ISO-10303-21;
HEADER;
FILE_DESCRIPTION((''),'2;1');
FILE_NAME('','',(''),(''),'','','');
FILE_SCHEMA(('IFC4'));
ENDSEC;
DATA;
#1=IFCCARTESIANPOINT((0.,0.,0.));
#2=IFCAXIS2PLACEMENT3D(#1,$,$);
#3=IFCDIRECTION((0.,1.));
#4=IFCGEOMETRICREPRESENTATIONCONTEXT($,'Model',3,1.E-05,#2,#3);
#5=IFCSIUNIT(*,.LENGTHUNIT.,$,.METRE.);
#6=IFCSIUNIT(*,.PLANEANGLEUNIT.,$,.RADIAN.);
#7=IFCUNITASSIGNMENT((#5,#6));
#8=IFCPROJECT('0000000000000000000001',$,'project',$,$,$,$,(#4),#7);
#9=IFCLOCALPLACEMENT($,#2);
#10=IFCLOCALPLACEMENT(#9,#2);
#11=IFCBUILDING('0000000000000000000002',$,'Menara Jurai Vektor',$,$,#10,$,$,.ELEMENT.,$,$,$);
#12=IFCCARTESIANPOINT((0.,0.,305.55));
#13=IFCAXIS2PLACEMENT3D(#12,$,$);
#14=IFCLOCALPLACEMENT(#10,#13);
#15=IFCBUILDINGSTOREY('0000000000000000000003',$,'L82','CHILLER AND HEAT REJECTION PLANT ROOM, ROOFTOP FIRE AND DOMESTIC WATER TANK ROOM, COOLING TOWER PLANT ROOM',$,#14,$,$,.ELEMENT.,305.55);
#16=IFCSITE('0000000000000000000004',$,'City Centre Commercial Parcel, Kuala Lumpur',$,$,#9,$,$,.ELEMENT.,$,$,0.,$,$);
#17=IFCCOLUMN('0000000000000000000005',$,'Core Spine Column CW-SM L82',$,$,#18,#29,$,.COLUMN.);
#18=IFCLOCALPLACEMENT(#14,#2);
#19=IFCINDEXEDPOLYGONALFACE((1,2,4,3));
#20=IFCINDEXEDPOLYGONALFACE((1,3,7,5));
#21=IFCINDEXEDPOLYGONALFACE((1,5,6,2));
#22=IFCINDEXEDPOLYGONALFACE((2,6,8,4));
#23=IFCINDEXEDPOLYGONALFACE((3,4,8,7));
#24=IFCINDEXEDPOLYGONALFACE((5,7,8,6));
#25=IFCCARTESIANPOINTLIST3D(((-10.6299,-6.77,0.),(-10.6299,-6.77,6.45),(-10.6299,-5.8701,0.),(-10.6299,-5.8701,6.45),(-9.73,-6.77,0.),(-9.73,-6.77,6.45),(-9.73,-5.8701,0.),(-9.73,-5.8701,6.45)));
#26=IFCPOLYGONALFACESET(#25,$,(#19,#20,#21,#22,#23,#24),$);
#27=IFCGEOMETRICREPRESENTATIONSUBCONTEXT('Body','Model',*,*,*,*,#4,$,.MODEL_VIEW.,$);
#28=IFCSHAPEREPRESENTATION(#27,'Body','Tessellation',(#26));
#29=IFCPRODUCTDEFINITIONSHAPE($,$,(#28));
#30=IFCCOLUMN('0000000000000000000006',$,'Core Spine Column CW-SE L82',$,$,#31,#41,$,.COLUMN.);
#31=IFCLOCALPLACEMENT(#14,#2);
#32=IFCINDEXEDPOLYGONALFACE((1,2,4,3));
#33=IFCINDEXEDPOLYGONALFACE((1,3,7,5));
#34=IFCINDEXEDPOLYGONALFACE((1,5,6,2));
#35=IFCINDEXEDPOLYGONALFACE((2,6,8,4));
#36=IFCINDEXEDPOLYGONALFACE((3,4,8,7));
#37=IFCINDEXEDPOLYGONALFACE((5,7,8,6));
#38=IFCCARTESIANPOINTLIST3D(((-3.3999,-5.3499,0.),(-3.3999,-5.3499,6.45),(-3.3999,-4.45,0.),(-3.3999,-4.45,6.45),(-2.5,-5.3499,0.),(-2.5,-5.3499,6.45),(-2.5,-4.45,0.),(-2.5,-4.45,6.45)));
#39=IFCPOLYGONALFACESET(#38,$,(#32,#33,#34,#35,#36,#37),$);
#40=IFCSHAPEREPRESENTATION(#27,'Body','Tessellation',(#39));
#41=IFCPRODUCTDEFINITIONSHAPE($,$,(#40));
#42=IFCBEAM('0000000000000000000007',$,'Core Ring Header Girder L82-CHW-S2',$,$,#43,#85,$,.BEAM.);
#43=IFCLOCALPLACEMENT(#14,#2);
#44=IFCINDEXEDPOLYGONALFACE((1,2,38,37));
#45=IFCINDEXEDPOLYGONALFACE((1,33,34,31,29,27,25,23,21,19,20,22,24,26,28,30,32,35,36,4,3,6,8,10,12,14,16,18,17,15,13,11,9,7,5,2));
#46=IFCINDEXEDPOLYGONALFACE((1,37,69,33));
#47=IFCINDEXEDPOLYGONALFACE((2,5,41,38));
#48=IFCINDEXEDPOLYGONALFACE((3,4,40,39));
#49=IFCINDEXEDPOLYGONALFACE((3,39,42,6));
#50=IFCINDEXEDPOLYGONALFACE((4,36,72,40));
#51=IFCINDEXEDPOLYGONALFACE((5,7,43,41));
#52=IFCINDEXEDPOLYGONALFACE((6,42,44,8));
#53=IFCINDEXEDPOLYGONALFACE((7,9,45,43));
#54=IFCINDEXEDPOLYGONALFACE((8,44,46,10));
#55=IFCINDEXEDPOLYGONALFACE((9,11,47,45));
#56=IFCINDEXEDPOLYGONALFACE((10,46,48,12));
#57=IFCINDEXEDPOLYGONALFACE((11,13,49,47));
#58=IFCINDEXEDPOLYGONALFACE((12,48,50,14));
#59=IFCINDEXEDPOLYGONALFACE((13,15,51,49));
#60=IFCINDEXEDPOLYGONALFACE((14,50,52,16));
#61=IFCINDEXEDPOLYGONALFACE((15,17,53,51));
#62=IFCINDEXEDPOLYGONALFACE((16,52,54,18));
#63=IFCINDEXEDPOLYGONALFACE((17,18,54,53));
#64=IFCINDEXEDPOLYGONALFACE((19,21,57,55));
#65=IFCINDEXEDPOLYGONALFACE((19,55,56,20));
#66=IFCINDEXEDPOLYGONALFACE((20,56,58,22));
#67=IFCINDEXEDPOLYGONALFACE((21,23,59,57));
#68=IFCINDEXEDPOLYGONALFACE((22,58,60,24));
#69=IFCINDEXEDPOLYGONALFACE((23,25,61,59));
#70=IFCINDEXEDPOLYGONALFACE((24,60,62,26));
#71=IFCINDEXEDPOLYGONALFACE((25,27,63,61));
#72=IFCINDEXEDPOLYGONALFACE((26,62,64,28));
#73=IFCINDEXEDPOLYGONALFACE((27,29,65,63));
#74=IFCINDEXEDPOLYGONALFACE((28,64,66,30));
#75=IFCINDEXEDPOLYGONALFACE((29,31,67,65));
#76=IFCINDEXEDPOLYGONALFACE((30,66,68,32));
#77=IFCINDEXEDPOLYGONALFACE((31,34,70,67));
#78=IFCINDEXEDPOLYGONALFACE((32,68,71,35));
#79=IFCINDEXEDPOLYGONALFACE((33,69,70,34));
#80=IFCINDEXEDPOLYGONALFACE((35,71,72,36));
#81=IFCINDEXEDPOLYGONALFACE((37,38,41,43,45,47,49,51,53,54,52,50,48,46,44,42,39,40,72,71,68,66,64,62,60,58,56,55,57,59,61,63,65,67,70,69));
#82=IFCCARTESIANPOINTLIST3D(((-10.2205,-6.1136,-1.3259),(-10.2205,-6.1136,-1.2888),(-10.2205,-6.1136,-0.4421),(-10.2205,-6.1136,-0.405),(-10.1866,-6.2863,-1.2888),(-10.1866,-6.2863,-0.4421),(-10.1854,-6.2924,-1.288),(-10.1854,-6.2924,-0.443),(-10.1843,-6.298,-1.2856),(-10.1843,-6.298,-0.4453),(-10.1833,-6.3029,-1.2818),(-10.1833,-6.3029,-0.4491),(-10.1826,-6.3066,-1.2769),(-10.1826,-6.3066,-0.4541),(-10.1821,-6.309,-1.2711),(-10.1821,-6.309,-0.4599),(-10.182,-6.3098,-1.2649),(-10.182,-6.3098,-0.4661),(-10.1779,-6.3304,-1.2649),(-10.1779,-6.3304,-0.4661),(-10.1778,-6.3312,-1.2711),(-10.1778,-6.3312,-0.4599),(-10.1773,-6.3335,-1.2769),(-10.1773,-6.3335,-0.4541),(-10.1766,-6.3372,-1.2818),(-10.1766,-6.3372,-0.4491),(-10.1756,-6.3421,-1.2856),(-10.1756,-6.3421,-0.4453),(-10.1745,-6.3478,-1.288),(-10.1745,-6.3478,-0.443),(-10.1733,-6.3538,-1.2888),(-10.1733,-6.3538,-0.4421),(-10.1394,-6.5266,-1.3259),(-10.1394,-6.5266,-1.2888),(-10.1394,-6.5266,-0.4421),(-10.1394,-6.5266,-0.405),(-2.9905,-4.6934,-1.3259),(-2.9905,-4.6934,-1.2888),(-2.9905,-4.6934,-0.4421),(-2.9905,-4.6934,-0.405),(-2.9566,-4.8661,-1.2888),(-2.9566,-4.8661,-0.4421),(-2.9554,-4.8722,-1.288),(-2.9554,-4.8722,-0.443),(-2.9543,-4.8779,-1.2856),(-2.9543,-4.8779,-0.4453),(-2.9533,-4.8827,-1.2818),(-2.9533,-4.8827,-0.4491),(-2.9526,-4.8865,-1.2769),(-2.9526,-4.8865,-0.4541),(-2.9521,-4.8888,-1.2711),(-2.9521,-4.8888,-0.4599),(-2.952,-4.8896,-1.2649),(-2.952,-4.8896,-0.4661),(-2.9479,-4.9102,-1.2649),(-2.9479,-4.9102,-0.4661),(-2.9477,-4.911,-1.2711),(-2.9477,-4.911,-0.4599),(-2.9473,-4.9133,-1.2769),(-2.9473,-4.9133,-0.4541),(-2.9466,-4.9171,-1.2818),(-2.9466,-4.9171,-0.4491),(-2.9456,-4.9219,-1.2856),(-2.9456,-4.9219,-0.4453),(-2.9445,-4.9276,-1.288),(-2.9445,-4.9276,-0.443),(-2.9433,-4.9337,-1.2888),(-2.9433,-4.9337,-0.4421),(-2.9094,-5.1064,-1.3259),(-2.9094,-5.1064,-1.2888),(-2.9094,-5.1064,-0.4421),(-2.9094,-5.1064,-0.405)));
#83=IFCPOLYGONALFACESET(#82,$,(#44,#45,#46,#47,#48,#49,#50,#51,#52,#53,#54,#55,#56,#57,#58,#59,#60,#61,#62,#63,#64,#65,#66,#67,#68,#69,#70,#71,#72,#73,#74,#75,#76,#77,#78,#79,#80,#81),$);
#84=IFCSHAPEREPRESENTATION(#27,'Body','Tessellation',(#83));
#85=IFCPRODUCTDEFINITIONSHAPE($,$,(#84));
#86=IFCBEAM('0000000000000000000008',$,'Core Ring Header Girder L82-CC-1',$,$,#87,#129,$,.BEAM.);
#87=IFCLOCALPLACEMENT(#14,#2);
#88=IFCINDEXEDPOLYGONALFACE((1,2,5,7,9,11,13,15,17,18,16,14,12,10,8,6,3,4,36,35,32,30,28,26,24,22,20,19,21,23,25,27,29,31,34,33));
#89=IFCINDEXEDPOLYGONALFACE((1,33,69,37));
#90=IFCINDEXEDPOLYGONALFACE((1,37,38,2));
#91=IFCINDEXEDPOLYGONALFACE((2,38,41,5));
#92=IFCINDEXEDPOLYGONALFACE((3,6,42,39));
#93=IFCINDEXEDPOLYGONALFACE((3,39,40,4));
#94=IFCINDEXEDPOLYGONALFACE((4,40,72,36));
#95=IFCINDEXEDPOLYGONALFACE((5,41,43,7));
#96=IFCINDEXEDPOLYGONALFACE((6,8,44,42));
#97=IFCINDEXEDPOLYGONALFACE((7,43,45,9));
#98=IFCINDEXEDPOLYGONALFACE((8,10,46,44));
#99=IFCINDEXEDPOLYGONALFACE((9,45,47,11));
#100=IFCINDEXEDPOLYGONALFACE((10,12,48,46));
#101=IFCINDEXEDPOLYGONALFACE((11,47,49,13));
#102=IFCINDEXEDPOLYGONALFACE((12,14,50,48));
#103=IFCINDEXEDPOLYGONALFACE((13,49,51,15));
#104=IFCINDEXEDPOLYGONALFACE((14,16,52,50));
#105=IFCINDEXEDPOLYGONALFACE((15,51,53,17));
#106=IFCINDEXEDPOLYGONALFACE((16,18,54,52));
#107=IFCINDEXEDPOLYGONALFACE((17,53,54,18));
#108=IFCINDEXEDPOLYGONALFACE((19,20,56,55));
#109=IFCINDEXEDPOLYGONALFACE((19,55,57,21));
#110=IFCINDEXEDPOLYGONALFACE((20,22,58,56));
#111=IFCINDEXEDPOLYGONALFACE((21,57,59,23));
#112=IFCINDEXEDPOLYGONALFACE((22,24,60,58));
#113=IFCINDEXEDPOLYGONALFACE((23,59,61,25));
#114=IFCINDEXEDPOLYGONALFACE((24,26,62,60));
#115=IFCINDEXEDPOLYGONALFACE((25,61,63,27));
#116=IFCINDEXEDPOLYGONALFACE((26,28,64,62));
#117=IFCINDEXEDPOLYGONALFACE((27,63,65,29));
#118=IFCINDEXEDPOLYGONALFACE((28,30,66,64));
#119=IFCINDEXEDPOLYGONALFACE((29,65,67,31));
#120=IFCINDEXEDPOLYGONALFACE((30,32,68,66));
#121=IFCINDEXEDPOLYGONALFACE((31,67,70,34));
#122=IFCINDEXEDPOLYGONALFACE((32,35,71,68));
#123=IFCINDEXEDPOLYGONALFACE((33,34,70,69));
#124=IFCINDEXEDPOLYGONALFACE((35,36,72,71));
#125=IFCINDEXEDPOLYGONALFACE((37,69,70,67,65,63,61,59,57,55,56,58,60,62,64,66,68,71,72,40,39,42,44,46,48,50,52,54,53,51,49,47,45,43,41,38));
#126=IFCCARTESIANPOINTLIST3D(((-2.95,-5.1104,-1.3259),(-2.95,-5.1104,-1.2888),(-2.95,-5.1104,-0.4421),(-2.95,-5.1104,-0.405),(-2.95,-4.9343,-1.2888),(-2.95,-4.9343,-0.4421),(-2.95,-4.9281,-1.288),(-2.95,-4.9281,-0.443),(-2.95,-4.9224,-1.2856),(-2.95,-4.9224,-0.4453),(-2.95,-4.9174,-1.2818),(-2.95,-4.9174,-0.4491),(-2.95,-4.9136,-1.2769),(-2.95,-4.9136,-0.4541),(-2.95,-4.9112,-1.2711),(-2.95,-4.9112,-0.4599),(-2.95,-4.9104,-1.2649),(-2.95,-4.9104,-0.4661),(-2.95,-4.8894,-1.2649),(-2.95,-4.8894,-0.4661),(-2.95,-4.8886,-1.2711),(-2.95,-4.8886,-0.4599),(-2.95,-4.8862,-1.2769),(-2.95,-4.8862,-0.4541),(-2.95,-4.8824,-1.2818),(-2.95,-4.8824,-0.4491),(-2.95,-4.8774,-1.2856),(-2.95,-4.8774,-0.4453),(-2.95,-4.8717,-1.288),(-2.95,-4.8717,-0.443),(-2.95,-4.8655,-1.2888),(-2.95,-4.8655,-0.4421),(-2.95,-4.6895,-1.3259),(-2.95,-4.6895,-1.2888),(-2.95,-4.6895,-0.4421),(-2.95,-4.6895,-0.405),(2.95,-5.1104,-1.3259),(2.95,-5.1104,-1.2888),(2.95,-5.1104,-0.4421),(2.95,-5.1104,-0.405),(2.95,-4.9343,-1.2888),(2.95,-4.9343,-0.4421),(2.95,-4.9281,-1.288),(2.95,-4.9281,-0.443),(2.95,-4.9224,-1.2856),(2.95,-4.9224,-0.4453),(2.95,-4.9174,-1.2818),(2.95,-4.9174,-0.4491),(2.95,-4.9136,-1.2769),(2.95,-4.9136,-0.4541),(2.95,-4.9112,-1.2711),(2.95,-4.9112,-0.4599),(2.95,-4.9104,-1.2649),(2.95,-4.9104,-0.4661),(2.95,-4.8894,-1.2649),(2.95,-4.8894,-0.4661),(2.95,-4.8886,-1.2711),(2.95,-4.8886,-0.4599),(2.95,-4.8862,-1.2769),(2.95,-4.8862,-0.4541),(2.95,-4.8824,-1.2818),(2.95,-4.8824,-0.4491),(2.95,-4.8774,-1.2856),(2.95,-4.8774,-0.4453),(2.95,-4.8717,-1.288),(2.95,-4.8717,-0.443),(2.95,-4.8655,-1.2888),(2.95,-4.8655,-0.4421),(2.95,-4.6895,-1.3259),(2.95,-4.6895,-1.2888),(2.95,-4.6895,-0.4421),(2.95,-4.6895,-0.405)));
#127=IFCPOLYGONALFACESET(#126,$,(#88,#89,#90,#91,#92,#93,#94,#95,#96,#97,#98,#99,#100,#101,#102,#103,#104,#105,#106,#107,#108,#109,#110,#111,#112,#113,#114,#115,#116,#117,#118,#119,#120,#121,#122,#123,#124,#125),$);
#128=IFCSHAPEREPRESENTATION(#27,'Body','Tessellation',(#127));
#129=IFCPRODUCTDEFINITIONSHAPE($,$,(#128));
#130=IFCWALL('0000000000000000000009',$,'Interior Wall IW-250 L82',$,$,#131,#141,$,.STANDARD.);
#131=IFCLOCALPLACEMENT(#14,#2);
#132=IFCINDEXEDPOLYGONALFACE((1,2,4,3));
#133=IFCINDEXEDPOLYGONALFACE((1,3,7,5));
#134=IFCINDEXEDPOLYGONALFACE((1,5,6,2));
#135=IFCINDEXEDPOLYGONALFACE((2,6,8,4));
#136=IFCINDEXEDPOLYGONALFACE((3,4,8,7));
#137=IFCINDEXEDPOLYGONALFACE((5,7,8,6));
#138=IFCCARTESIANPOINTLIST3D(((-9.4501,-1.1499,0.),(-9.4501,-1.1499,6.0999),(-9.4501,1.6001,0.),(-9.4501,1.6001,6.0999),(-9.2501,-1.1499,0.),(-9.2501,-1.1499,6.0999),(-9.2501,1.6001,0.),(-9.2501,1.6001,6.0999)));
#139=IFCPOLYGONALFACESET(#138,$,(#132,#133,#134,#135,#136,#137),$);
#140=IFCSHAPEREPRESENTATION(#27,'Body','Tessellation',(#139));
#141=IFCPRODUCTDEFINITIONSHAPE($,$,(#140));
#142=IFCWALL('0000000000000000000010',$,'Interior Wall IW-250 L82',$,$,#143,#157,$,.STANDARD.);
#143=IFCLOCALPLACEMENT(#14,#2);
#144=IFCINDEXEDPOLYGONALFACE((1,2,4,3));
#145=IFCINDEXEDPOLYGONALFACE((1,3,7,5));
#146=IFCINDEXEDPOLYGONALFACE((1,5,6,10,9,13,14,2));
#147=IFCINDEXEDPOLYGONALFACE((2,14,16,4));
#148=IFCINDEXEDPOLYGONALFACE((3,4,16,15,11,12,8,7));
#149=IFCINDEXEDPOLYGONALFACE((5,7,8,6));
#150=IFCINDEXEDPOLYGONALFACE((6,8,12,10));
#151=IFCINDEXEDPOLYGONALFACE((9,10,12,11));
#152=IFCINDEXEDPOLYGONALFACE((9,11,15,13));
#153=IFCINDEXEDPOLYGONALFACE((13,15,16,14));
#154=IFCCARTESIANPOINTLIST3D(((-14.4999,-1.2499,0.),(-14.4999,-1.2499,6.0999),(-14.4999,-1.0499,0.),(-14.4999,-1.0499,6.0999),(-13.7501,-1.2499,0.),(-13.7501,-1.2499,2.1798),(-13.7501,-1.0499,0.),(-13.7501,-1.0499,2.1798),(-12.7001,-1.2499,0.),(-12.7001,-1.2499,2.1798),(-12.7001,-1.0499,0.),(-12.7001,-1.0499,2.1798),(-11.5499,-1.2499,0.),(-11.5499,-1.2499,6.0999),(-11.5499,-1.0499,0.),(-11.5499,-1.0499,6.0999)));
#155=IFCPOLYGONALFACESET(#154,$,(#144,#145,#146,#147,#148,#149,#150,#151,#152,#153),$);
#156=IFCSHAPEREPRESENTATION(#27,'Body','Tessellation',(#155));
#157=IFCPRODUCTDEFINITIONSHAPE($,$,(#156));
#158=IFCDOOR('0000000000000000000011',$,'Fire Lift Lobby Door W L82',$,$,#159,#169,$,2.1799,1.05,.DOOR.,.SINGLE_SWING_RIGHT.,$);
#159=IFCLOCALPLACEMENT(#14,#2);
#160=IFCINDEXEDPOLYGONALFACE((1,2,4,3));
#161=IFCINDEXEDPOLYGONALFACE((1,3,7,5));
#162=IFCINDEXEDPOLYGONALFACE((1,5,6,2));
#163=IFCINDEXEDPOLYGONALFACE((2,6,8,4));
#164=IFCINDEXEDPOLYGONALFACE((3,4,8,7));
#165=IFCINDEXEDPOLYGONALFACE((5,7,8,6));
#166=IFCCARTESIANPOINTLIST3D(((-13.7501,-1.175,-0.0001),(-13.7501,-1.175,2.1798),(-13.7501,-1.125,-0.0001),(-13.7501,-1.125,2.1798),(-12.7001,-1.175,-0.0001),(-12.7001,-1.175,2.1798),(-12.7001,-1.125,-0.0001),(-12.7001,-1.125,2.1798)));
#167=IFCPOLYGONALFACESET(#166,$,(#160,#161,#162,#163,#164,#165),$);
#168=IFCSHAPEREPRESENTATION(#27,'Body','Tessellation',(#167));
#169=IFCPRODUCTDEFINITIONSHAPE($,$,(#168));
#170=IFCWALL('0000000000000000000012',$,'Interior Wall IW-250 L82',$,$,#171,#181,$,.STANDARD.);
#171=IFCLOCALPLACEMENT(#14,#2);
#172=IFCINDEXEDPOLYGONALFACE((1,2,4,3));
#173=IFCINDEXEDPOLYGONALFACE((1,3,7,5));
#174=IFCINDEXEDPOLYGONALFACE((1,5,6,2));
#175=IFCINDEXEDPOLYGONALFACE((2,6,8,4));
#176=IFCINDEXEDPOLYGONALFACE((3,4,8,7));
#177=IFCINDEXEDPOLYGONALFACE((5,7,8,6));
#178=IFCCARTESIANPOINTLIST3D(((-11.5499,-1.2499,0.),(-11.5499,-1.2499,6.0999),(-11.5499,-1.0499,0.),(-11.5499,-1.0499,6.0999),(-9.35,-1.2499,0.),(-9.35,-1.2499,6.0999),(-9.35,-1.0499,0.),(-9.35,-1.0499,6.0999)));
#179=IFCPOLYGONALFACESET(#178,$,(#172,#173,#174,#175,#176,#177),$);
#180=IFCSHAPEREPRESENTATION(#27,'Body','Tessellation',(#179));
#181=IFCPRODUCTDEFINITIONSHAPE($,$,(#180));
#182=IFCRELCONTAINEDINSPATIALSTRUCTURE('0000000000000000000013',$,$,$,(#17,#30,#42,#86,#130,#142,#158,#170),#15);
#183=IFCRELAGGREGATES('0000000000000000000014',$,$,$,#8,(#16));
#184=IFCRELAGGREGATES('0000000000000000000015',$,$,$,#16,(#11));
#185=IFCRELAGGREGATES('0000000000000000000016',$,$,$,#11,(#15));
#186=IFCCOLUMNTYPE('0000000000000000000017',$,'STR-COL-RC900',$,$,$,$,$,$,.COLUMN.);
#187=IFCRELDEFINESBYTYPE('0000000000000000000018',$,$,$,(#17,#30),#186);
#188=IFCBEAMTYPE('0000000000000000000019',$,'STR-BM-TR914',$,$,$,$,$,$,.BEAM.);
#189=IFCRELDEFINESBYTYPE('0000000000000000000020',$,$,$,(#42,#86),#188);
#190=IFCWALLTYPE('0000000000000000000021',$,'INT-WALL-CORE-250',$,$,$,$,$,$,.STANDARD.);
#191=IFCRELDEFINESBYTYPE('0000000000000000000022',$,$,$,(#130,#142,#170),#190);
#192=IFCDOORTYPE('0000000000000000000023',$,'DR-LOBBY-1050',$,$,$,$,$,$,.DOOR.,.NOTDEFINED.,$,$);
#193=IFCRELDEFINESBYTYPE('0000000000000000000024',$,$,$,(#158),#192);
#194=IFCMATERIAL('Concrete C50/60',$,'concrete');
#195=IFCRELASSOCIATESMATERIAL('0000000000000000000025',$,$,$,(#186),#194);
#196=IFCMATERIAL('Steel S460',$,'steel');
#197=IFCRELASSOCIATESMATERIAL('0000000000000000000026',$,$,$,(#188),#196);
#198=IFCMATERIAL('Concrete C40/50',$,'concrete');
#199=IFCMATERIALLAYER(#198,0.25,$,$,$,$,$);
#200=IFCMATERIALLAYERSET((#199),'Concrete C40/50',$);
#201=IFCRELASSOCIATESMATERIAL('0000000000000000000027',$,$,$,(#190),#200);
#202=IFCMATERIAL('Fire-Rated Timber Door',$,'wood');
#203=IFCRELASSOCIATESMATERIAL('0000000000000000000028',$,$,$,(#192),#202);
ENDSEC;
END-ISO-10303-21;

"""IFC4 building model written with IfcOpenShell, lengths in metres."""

from ifc_helpers import new_model, si_unit, direction, frame, frame_2d, origin, origin_2d, place, context, subcontext, project, spatial, rectangle, i_section, extrude, material, layer, layer_set, material_profile, profile_set, type_object, element, fill, save


model = new_model("IFC4")

# Units and contexts
model_context = context("Model", 3, precision=1e-05, world=origin(), true_north=direction((0.0, 1.0)))
body_context = subcontext(model_context, "Body", "Model", "MODEL_VIEW")
ifc_project = project(units=[si_unit("LENGTHUNIT", "METRE"), si_unit("PLANEANGLEUNIT", "RADIAN")], contexts=[model_context])

# Site, building, storey
site_placement = place(None, origin())
site = spatial("IfcSite", under=ifc_project, at=site_placement, Name="City Centre Commercial Parcel, Kuala Lumpur", CompositionType="ELEMENT", RefElevation=0.0)
building_placement = place(site_placement, origin())
building = spatial("IfcBuilding", under=site, at=building_placement, Name="Menara Jurai Vektor", CompositionType="ELEMENT")
storey_placement = place(building_placement, frame((0.0, 0.0, 305.55)))
storey = spatial("IfcBuildingStorey", under=building, at=storey_placement, Name="L82", Description="CHILLER AND HEAT REJECTION PLANT ROOM, ROOFTOP FIRE AND DOMESTIC WATER TANK ROOM, COOLING TOWER PLANT ROOM", CompositionType="ELEMENT", Elevation=305.55)

# Columns
ifc_material_1 = material(Name="Concrete C50/60", Category="concrete")
ifc_material_profile_1 = material_profile(ifc_material_1, rectangle(XDim=0.8999, YDim=0.8999, at=origin_2d()), Name="RC 900x900")
ifc_profile_set_1 = profile_set([ifc_material_profile_1], Name="Concrete C50/60")
column_type = type_object("IfcColumnType", Name="STR-COL-RC900", PredefinedType="COLUMN", material=ifc_profile_set_1)
for number, where, z_axis, x_axis, name in (
    (1, (-10.1799, -6.3201, 0.0), (0.0, 0.0, 1.0), (1.0, 0.0, 0.0), "Core Spine Column CW-SM L82"),
    (2, (-2.95, -4.8999, 0.0), (0.0, 0.0, 1.0), (1.0, 0.0, 0.0), "Core Spine Column CW-SE L82"),
):
    element("IfcColumn", number, at=place(storey_placement, frame(where, z_axis=z_axis, x_axis=x_axis)), inside=storey, type_object=column_type, Name=name, PredefinedType="COLUMN", context=body_context, shape_type="SweptSolid", body=[
        extrude(rectangle(XDim=0.8999, YDim=0.8999, at=origin_2d()), origin(), (0.0, 0.0, 1.0), 6.45),
    ])

# Beams
ifc_material_2 = material(Name="Steel S460", Category="steel")
ifc_material_profile_2 = material_profile(ifc_material_2, i_section(OverallWidth=0.4209, OverallDepth=0.9209, WebThickness=0.021, FlangeThickness=0.0371, FilletRadius=0.0239, at=origin_2d()), Name="UKB 914x419x388")
ifc_profile_set_2 = profile_set([ifc_material_profile_2], Name="Steel S460")
beam_type = type_object("IfcBeamType", Name="STR-BM-TR914", PredefinedType="BEAM", material=ifc_profile_set_2)
beam_1_placement = place(storey_placement, frame((-10.1799, -6.3201, -0.8655), z_axis=(0.981249, 0.192744, 0.0), x_axis=(-0.192744, 0.981249, 0.0)))
element("IfcBeam", 3, at=beam_1_placement, inside=storey, type_object=beam_type, Name="Core Ring Header Girder L82-CHW-S2", PredefinedType="BEAM", context=body_context, shape_type="SweptSolid", body=[
    extrude(i_section(OverallWidth=0.4209, OverallDepth=0.9209, WebThickness=0.021, FlangeThickness=0.0371, FilletRadius=0.0239, at=origin_2d()), origin(), (0.0, 0.0, 1.0), 7.3682),
])
beam_2_placement = place(storey_placement, frame((-2.95, -4.8999, -0.8655), z_axis=(1.0, 0.0, 0.0), x_axis=(0.0, 1.0, 0.0)))
element("IfcBeam", 4, at=beam_2_placement, inside=storey, type_object=beam_type, Name="Core Ring Header Girder L82-CC-1", PredefinedType="BEAM", context=body_context, shape_type="SweptSolid", body=[
    extrude(i_section(OverallWidth=0.4209, OverallDepth=0.9209, WebThickness=0.021, FlangeThickness=0.0371, FilletRadius=0.0239, at=origin_2d()), origin(), (0.0, 0.0, 1.0), 5.8999),
])

# Shared definitions
ifc_material_3 = material(Name="Concrete C40/50", Category="concrete")
ifc_layer_1 = layer(ifc_material_3, 0.25)
ifc_layer_set_1 = layer_set([ifc_layer_1], Name="Concrete C40/50")
wall_type_1 = type_object("IfcWallType", Name="INT-WALL-CORE-250", PredefinedType="STANDARD", material=ifc_layer_set_1)

# Wall
wall_1_placement = place(storey_placement, frame((-9.3501, -1.1499, 0.0), z_axis=(0.0, 0.0, 1.0), x_axis=(0.0, 1.0, 0.0)))
element("IfcWall", 5, at=wall_1_placement, inside=storey, type_object=wall_type_1, Name="Interior Wall IW-250 L82", PredefinedType="STANDARD", context=body_context, shape_type="SweptSolid", body=[
    extrude(rectangle(XDim=2.75, YDim=0.2, at=frame_2d((1.375, 0.0))), origin(), (0.0, 0.0, 1.0), 6.0999),
])

# Wall, opening, door
wall_2_placement = place(storey_placement, frame((-14.5, -1.1499, 0.0), z_axis=(0.0, 0.0, 1.0), x_axis=(1.0, 0.0, 0.0)))
wall_2 = element("IfcWall", 6, at=wall_2_placement, inside=storey, type_object=wall_type_1, Name="Interior Wall IW-250 L82", PredefinedType="STANDARD", context=body_context, shape_type="SweptSolid", body=[
    extrude(rectangle(XDim=2.95, YDim=0.2, at=frame_2d((1.4751, 0.0))), origin(), (0.0, 0.0, 1.0), 6.0999),
])
opening_1_placement = place(wall_2_placement, frame((0.75, 0.0, 0.0)))
opening_1 = element("IfcOpeningElement", 7, at=opening_1_placement, cuts=wall_2, PredefinedType="OPENING", context=body_context, shape_type="SweptSolid", body=[
    extrude(rectangle(XDim=1.05, YDim=2.1799, at=frame_2d((0.5249, 1.0898))), frame((0.0, 0.1099, 0.0), z_axis=(0.0, -1.0, 0.0), x_axis=(1.0, 0.0, 0.0)), (0.0, 0.0, 1.0), 0.22),
])
ifc_material_4 = material(Name="Fire-Rated Timber Door", Category="wood")
door_type_1 = type_object("IfcDoorType", Name="DR-LOBBY-1050", OperationType="NOTDEFINED", PredefinedType="DOOR", material=ifc_material_4)
door_1_placement = place(opening_1_placement, origin())
door_1 = element("IfcDoor", 8, at=door_1_placement, inside=storey, type_object=door_type_1, Name="Fire Lift Lobby Door W L82", OperationType="SINGLE_SWING_RIGHT", OverallHeight=2.1799, OverallWidth=1.05, PredefinedType="DOOR", context=body_context, shape_type="SweptSolid", body=[
    extrude(rectangle(XDim=1.05, YDim=2.1799, at=frame_2d((0.5249, 1.0898))), frame((0.0, 0.0249, 0.0), z_axis=(0.0, -1.0, 0.0), x_axis=(1.0, 0.0, 0.0)), (0.0, 0.0, 1.0), 0.05),
])
fill(opening_1, door_1)

# Wall
wall_3_placement = place(storey_placement, frame((-11.55, -1.1499, 0.0), z_axis=(0.0, 0.0, 1.0), x_axis=(1.0, 0.0, 0.0)))
element("IfcWall", 9, at=wall_3_placement, inside=storey, type_object=wall_type_1, Name="Interior Wall IW-250 L82", PredefinedType="STANDARD", context=body_context, shape_type="SweptSolid", body=[
    extrude(rectangle(XDim=2.2, YDim=0.2, at=frame_2d((1.1001, 0.0))), origin(), (0.0, 0.0, 1.0), 6.0999),
])

save(model, "model.ifc")
